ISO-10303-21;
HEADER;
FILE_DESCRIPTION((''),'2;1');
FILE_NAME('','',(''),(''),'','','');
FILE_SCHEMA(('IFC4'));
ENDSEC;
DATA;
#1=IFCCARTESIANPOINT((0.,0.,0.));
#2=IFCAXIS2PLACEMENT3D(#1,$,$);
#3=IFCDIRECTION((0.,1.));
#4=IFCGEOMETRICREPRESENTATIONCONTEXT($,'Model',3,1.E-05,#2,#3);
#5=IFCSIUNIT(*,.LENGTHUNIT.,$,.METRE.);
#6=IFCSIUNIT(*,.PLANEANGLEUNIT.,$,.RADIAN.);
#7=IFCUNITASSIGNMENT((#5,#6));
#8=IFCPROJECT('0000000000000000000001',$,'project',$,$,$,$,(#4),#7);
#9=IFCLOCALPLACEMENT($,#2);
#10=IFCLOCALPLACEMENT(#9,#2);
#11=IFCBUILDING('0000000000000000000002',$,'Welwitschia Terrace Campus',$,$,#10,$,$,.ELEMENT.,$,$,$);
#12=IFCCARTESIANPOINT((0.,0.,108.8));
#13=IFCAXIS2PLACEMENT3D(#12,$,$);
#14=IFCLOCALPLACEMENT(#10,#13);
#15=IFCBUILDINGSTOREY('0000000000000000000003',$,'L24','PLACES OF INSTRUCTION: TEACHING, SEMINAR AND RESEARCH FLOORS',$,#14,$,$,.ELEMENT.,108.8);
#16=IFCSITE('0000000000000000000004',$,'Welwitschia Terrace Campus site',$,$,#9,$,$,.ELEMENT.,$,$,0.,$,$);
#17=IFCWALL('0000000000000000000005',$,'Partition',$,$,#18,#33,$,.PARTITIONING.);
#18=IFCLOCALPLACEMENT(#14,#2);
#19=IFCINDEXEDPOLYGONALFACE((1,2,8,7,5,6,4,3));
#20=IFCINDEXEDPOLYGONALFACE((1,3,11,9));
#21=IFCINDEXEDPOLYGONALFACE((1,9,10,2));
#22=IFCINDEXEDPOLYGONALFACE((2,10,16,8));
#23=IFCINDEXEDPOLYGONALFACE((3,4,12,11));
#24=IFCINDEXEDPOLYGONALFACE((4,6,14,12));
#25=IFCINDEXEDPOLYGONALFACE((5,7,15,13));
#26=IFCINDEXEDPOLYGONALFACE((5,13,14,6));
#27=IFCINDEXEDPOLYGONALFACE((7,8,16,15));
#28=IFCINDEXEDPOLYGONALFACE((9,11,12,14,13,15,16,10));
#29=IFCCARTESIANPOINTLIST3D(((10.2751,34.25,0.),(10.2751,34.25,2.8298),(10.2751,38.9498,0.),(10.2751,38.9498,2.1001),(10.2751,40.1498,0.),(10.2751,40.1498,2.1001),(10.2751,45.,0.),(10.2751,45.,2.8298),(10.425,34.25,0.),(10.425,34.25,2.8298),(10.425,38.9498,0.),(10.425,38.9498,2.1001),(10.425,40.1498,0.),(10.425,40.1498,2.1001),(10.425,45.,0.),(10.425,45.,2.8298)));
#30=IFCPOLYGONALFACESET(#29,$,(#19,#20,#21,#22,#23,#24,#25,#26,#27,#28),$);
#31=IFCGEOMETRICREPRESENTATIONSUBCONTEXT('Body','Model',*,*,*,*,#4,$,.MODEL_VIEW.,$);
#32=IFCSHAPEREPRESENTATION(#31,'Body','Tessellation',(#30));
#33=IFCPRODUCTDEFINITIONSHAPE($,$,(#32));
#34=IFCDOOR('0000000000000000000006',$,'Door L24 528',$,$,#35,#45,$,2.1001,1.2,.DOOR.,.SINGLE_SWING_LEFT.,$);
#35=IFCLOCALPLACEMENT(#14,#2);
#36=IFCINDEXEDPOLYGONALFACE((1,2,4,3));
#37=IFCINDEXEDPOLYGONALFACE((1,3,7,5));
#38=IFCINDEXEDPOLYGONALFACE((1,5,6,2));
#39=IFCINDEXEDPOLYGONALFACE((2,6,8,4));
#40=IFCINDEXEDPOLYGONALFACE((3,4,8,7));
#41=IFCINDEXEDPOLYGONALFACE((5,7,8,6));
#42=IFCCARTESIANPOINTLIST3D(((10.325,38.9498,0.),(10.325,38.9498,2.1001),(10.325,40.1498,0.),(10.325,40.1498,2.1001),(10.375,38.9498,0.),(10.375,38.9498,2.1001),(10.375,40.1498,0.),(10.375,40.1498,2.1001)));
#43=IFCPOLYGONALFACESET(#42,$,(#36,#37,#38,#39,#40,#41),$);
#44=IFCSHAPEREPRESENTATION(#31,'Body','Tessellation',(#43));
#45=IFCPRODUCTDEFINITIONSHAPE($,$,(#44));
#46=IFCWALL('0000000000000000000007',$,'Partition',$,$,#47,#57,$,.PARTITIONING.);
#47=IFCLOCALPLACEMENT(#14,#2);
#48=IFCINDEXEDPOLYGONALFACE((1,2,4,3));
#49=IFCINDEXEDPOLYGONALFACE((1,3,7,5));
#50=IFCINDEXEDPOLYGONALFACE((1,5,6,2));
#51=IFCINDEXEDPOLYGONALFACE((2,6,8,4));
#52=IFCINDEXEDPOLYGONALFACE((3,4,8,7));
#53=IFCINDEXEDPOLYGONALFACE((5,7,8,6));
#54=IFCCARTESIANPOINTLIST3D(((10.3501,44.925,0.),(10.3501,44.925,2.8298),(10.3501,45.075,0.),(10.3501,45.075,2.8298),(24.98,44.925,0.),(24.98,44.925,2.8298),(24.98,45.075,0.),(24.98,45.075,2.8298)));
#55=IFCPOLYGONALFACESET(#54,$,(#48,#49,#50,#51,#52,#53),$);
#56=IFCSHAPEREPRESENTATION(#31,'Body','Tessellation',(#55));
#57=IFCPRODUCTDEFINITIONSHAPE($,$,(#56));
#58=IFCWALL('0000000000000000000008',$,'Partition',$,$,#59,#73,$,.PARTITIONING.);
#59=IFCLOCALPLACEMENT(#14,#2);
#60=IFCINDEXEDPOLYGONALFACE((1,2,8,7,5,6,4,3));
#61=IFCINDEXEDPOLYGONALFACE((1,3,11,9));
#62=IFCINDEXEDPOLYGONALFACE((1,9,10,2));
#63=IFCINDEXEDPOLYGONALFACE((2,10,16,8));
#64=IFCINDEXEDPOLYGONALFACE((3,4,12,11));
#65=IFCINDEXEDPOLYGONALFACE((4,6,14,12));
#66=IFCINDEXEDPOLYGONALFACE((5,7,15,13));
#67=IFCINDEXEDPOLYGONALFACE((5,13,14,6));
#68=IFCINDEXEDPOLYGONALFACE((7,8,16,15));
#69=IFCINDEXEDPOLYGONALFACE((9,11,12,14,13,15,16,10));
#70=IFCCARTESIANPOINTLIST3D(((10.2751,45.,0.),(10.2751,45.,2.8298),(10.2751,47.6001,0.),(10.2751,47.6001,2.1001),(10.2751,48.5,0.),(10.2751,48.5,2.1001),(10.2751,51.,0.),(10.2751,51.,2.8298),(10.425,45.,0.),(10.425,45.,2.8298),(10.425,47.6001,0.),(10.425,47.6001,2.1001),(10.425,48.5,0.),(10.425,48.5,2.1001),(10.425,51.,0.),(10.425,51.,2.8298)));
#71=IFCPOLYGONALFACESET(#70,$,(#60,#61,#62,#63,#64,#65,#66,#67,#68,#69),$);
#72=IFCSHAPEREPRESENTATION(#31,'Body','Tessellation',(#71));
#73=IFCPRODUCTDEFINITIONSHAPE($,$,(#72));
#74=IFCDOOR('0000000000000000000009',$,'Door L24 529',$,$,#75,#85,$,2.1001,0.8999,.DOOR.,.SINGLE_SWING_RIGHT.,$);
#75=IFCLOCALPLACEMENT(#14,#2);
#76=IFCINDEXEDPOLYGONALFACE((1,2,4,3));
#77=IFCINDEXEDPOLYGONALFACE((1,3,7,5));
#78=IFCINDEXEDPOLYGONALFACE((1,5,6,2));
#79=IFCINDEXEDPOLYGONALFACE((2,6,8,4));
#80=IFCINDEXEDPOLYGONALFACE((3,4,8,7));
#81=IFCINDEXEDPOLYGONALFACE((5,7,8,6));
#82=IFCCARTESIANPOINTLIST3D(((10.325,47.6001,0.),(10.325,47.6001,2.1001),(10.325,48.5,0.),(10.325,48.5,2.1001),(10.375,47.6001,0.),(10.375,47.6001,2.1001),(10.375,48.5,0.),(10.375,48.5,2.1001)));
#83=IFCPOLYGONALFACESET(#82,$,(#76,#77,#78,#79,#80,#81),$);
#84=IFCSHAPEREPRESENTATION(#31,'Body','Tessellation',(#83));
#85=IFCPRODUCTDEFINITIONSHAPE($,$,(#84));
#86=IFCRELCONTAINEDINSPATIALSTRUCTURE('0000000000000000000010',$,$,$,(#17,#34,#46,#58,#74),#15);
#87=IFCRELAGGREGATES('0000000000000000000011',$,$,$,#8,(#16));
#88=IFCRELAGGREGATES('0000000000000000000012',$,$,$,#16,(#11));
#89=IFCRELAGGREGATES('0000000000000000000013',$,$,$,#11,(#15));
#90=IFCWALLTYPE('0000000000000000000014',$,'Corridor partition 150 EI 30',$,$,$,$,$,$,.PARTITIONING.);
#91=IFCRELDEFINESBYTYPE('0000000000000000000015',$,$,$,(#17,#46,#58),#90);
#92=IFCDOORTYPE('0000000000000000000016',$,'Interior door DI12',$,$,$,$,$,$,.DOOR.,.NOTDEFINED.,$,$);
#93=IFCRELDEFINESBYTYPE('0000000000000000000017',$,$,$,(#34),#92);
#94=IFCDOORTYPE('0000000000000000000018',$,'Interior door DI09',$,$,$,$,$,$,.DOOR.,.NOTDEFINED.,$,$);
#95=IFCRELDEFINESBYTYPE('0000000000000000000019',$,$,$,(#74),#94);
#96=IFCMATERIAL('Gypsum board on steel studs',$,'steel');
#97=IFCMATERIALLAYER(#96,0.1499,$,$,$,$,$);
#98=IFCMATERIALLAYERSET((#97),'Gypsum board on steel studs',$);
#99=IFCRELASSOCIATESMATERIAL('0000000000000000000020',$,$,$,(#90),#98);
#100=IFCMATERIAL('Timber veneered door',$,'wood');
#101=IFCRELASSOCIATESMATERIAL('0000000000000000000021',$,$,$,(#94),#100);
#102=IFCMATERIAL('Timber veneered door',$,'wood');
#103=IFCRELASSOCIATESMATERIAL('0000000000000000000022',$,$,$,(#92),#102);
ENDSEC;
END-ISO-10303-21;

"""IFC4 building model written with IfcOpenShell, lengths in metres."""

from ifc_helpers import new_model, si_unit, direction, frame, frame_2d, origin, place, context, subcontext, project, spatial, rectangle, extrude, material, layer, layer_set, type_object, element, fill, save


model = new_model("IFC4")

# Units and contexts
model_context = context("Model", 3, precision=1e-05, world=origin(), true_north=direction((0.0, 1.0)))
body_context = subcontext(model_context, "Body", "Model", "MODEL_VIEW")
ifc_project = project(units=[si_unit("LENGTHUNIT", "METRE"), si_unit("PLANEANGLEUNIT", "RADIAN")], contexts=[model_context])

# Site, building, storey
site_placement = place(None, origin())
site = spatial("IfcSite", under=ifc_project, at=site_placement, Name="Welwitschia Terrace Campus site", CompositionType="ELEMENT", RefElevation=0.0)
building_placement = place(site_placement, origin())
building = spatial("IfcBuilding", under=site, at=building_placement, Name="Welwitschia Terrace Campus", CompositionType="ELEMENT")
storey_placement = place(building_placement, frame((0.0, 0.0, 108.8)))
storey = spatial("IfcBuildingStorey", under=building, at=storey_placement, Name="L24", Description="PLACES OF INSTRUCTION: TEACHING, SEMINAR AND RESEARCH FLOORS", CompositionType="ELEMENT", Elevation=108.8)

# Shared definitions
ifc_material_1 = material(Name="Gypsum board on steel studs", Category="steel")
ifc_layer_1 = layer(ifc_material_1, 0.1499)
ifc_layer_set_1 = layer_set([ifc_layer_1], Name="Gypsum board on steel studs")
wall_type = type_object("IfcWallType", Name="Corridor partition 150 EI 30", PredefinedType="PARTITIONING", material=ifc_layer_set_1)

# Wall, opening, door
ifc_material_2 = material(Name="Timber veneered door", Category="wood")
door_type_1 = type_object("IfcDoorType", Name="Interior door DI09", OperationType="NOTDEFINED", PredefinedType="DOOR", material=ifc_material_2)
ifc_material_3 = material(Name="Timber veneered door", Category="wood")
door_type_2 = type_object("IfcDoorType", Name="Interior door DI12", OperationType="NOTDEFINED", PredefinedType="DOOR", material=ifc_material_3)
wall_1_placement = place(storey_placement, frame((10.3501, 45.0, 0.0), z_axis=(0.0, 0.0, 1.0), x_axis=(0.0, -1.0, 0.0)))
wall_1 = element("IfcWall", 1, at=wall_1_placement, inside=storey, type_object=wall_type, Name="Partition", PredefinedType="PARTITIONING", context=body_context, shape_type="SweptSolid", body=[
    extrude(rectangle(XDim=10.75, YDim=0.1499, at=frame_2d((5.375, 0.0))), origin(), (0.0, 0.0, 1.0), 2.8298),
])
opening_1_placement = place(wall_1_placement, frame((4.8501, 0.0, 0.0)))
opening_1 = element("IfcOpeningElement", 2, at=opening_1_placement, cuts=wall_1, PredefinedType="OPENING", context=body_context, shape_type="SweptSolid", body=[
    extrude(rectangle(XDim=1.2, YDim=2.1001, at=frame_2d((0.6001, 1.05))), frame((0.0, 0.085, 0.0), z_axis=(0.0, -1.0, 0.0), x_axis=(1.0, 0.0, 0.0)), (0.0, 0.0, 1.0), 0.1699),
])
door_1_placement = place(opening_1_placement, origin())
door_1 = element("IfcDoor", 3, at=door_1_placement, inside=storey, type_object=door_type_2, Name="Door L24 528", OperationType="SINGLE_SWING_LEFT", OverallHeight=2.1001, OverallWidth=1.2, PredefinedType="DOOR", context=body_context, shape_type="SweptSolid", body=[
    extrude(rectangle(XDim=1.2, YDim=2.1001, at=frame_2d((0.6001, 1.05))), frame((0.0, 0.0249, 0.0), z_axis=(0.0, -1.0, 0.0), x_axis=(1.0, 0.0, 0.0)), (0.0, 0.0, 1.0), 0.05),
])
fill(opening_1, door_1)

# Wall
wall_2_placement = place(storey_placement, frame((10.3501, 45.0, 0.0), z_axis=(0.0, 0.0, 1.0), x_axis=(1.0, 0.0, 0.0)))
element("IfcWall", 4, at=wall_2_placement, inside=storey, type_object=wall_type, Name="Partition", PredefinedType="PARTITIONING", context=body_context, shape_type="SweptSolid", body=[
    extrude(rectangle(XDim=14.6299, YDim=0.1499, at=frame_2d((7.3149, 0.0))), origin(), (0.0, 0.0, 1.0), 2.8298),
])

# Wall, opening, door
wall_3_placement = place(storey_placement, frame((10.3501, 51.0, 0.0), z_axis=(0.0, 0.0, 1.0), x_axis=(0.0, -1.0, 0.0)))
wall_3 = element("IfcWall", 5, at=wall_3_placement, inside=storey, type_object=wall_type, Name="Partition", PredefinedType="PARTITIONING", context=body_context, shape_type="SweptSolid", body=[
    extrude(rectangle(XDim=6.0, YDim=0.1499, at=frame_2d((3.0, 0.0))), origin(), (0.0, 0.0, 1.0), 2.8298),
])
opening_2_placement = place(wall_3_placement, frame((2.5, 0.0, 0.0)))
opening_2 = element("IfcOpeningElement", 6, at=opening_2_placement, cuts=wall_3, PredefinedType="OPENING", context=body_context, shape_type="SweptSolid", body=[
    extrude(rectangle(XDim=0.8999, YDim=2.1001, at=frame_2d((0.45, 1.05))), frame((0.0, 0.085, 0.0), z_axis=(0.0, -1.0, 0.0), x_axis=(1.0, 0.0, 0.0)), (0.0, 0.0, 1.0), 0.1699),
])
door_2_placement = place(opening_2_placement, origin())
door_2 = element("IfcDoor", 7, at=door_2_placement, inside=storey, type_object=door_type_1, Name="Door L24 529", OperationType="SINGLE_SWING_RIGHT", OverallHeight=2.1001, OverallWidth=0.8999, PredefinedType="DOOR", context=body_context, shape_type="SweptSolid", body=[
    extrude(rectangle(XDim=0.8999, YDim=2.1001, at=frame_2d((0.45, 1.05))), frame((0.0, 0.0249, 0.0), z_axis=(0.0, -1.0, 0.0), x_axis=(1.0, 0.0, 0.0)), (0.0, 0.0, 1.0), 0.05),
])
fill(opening_2, door_2)

save(model, "model.ifc")
